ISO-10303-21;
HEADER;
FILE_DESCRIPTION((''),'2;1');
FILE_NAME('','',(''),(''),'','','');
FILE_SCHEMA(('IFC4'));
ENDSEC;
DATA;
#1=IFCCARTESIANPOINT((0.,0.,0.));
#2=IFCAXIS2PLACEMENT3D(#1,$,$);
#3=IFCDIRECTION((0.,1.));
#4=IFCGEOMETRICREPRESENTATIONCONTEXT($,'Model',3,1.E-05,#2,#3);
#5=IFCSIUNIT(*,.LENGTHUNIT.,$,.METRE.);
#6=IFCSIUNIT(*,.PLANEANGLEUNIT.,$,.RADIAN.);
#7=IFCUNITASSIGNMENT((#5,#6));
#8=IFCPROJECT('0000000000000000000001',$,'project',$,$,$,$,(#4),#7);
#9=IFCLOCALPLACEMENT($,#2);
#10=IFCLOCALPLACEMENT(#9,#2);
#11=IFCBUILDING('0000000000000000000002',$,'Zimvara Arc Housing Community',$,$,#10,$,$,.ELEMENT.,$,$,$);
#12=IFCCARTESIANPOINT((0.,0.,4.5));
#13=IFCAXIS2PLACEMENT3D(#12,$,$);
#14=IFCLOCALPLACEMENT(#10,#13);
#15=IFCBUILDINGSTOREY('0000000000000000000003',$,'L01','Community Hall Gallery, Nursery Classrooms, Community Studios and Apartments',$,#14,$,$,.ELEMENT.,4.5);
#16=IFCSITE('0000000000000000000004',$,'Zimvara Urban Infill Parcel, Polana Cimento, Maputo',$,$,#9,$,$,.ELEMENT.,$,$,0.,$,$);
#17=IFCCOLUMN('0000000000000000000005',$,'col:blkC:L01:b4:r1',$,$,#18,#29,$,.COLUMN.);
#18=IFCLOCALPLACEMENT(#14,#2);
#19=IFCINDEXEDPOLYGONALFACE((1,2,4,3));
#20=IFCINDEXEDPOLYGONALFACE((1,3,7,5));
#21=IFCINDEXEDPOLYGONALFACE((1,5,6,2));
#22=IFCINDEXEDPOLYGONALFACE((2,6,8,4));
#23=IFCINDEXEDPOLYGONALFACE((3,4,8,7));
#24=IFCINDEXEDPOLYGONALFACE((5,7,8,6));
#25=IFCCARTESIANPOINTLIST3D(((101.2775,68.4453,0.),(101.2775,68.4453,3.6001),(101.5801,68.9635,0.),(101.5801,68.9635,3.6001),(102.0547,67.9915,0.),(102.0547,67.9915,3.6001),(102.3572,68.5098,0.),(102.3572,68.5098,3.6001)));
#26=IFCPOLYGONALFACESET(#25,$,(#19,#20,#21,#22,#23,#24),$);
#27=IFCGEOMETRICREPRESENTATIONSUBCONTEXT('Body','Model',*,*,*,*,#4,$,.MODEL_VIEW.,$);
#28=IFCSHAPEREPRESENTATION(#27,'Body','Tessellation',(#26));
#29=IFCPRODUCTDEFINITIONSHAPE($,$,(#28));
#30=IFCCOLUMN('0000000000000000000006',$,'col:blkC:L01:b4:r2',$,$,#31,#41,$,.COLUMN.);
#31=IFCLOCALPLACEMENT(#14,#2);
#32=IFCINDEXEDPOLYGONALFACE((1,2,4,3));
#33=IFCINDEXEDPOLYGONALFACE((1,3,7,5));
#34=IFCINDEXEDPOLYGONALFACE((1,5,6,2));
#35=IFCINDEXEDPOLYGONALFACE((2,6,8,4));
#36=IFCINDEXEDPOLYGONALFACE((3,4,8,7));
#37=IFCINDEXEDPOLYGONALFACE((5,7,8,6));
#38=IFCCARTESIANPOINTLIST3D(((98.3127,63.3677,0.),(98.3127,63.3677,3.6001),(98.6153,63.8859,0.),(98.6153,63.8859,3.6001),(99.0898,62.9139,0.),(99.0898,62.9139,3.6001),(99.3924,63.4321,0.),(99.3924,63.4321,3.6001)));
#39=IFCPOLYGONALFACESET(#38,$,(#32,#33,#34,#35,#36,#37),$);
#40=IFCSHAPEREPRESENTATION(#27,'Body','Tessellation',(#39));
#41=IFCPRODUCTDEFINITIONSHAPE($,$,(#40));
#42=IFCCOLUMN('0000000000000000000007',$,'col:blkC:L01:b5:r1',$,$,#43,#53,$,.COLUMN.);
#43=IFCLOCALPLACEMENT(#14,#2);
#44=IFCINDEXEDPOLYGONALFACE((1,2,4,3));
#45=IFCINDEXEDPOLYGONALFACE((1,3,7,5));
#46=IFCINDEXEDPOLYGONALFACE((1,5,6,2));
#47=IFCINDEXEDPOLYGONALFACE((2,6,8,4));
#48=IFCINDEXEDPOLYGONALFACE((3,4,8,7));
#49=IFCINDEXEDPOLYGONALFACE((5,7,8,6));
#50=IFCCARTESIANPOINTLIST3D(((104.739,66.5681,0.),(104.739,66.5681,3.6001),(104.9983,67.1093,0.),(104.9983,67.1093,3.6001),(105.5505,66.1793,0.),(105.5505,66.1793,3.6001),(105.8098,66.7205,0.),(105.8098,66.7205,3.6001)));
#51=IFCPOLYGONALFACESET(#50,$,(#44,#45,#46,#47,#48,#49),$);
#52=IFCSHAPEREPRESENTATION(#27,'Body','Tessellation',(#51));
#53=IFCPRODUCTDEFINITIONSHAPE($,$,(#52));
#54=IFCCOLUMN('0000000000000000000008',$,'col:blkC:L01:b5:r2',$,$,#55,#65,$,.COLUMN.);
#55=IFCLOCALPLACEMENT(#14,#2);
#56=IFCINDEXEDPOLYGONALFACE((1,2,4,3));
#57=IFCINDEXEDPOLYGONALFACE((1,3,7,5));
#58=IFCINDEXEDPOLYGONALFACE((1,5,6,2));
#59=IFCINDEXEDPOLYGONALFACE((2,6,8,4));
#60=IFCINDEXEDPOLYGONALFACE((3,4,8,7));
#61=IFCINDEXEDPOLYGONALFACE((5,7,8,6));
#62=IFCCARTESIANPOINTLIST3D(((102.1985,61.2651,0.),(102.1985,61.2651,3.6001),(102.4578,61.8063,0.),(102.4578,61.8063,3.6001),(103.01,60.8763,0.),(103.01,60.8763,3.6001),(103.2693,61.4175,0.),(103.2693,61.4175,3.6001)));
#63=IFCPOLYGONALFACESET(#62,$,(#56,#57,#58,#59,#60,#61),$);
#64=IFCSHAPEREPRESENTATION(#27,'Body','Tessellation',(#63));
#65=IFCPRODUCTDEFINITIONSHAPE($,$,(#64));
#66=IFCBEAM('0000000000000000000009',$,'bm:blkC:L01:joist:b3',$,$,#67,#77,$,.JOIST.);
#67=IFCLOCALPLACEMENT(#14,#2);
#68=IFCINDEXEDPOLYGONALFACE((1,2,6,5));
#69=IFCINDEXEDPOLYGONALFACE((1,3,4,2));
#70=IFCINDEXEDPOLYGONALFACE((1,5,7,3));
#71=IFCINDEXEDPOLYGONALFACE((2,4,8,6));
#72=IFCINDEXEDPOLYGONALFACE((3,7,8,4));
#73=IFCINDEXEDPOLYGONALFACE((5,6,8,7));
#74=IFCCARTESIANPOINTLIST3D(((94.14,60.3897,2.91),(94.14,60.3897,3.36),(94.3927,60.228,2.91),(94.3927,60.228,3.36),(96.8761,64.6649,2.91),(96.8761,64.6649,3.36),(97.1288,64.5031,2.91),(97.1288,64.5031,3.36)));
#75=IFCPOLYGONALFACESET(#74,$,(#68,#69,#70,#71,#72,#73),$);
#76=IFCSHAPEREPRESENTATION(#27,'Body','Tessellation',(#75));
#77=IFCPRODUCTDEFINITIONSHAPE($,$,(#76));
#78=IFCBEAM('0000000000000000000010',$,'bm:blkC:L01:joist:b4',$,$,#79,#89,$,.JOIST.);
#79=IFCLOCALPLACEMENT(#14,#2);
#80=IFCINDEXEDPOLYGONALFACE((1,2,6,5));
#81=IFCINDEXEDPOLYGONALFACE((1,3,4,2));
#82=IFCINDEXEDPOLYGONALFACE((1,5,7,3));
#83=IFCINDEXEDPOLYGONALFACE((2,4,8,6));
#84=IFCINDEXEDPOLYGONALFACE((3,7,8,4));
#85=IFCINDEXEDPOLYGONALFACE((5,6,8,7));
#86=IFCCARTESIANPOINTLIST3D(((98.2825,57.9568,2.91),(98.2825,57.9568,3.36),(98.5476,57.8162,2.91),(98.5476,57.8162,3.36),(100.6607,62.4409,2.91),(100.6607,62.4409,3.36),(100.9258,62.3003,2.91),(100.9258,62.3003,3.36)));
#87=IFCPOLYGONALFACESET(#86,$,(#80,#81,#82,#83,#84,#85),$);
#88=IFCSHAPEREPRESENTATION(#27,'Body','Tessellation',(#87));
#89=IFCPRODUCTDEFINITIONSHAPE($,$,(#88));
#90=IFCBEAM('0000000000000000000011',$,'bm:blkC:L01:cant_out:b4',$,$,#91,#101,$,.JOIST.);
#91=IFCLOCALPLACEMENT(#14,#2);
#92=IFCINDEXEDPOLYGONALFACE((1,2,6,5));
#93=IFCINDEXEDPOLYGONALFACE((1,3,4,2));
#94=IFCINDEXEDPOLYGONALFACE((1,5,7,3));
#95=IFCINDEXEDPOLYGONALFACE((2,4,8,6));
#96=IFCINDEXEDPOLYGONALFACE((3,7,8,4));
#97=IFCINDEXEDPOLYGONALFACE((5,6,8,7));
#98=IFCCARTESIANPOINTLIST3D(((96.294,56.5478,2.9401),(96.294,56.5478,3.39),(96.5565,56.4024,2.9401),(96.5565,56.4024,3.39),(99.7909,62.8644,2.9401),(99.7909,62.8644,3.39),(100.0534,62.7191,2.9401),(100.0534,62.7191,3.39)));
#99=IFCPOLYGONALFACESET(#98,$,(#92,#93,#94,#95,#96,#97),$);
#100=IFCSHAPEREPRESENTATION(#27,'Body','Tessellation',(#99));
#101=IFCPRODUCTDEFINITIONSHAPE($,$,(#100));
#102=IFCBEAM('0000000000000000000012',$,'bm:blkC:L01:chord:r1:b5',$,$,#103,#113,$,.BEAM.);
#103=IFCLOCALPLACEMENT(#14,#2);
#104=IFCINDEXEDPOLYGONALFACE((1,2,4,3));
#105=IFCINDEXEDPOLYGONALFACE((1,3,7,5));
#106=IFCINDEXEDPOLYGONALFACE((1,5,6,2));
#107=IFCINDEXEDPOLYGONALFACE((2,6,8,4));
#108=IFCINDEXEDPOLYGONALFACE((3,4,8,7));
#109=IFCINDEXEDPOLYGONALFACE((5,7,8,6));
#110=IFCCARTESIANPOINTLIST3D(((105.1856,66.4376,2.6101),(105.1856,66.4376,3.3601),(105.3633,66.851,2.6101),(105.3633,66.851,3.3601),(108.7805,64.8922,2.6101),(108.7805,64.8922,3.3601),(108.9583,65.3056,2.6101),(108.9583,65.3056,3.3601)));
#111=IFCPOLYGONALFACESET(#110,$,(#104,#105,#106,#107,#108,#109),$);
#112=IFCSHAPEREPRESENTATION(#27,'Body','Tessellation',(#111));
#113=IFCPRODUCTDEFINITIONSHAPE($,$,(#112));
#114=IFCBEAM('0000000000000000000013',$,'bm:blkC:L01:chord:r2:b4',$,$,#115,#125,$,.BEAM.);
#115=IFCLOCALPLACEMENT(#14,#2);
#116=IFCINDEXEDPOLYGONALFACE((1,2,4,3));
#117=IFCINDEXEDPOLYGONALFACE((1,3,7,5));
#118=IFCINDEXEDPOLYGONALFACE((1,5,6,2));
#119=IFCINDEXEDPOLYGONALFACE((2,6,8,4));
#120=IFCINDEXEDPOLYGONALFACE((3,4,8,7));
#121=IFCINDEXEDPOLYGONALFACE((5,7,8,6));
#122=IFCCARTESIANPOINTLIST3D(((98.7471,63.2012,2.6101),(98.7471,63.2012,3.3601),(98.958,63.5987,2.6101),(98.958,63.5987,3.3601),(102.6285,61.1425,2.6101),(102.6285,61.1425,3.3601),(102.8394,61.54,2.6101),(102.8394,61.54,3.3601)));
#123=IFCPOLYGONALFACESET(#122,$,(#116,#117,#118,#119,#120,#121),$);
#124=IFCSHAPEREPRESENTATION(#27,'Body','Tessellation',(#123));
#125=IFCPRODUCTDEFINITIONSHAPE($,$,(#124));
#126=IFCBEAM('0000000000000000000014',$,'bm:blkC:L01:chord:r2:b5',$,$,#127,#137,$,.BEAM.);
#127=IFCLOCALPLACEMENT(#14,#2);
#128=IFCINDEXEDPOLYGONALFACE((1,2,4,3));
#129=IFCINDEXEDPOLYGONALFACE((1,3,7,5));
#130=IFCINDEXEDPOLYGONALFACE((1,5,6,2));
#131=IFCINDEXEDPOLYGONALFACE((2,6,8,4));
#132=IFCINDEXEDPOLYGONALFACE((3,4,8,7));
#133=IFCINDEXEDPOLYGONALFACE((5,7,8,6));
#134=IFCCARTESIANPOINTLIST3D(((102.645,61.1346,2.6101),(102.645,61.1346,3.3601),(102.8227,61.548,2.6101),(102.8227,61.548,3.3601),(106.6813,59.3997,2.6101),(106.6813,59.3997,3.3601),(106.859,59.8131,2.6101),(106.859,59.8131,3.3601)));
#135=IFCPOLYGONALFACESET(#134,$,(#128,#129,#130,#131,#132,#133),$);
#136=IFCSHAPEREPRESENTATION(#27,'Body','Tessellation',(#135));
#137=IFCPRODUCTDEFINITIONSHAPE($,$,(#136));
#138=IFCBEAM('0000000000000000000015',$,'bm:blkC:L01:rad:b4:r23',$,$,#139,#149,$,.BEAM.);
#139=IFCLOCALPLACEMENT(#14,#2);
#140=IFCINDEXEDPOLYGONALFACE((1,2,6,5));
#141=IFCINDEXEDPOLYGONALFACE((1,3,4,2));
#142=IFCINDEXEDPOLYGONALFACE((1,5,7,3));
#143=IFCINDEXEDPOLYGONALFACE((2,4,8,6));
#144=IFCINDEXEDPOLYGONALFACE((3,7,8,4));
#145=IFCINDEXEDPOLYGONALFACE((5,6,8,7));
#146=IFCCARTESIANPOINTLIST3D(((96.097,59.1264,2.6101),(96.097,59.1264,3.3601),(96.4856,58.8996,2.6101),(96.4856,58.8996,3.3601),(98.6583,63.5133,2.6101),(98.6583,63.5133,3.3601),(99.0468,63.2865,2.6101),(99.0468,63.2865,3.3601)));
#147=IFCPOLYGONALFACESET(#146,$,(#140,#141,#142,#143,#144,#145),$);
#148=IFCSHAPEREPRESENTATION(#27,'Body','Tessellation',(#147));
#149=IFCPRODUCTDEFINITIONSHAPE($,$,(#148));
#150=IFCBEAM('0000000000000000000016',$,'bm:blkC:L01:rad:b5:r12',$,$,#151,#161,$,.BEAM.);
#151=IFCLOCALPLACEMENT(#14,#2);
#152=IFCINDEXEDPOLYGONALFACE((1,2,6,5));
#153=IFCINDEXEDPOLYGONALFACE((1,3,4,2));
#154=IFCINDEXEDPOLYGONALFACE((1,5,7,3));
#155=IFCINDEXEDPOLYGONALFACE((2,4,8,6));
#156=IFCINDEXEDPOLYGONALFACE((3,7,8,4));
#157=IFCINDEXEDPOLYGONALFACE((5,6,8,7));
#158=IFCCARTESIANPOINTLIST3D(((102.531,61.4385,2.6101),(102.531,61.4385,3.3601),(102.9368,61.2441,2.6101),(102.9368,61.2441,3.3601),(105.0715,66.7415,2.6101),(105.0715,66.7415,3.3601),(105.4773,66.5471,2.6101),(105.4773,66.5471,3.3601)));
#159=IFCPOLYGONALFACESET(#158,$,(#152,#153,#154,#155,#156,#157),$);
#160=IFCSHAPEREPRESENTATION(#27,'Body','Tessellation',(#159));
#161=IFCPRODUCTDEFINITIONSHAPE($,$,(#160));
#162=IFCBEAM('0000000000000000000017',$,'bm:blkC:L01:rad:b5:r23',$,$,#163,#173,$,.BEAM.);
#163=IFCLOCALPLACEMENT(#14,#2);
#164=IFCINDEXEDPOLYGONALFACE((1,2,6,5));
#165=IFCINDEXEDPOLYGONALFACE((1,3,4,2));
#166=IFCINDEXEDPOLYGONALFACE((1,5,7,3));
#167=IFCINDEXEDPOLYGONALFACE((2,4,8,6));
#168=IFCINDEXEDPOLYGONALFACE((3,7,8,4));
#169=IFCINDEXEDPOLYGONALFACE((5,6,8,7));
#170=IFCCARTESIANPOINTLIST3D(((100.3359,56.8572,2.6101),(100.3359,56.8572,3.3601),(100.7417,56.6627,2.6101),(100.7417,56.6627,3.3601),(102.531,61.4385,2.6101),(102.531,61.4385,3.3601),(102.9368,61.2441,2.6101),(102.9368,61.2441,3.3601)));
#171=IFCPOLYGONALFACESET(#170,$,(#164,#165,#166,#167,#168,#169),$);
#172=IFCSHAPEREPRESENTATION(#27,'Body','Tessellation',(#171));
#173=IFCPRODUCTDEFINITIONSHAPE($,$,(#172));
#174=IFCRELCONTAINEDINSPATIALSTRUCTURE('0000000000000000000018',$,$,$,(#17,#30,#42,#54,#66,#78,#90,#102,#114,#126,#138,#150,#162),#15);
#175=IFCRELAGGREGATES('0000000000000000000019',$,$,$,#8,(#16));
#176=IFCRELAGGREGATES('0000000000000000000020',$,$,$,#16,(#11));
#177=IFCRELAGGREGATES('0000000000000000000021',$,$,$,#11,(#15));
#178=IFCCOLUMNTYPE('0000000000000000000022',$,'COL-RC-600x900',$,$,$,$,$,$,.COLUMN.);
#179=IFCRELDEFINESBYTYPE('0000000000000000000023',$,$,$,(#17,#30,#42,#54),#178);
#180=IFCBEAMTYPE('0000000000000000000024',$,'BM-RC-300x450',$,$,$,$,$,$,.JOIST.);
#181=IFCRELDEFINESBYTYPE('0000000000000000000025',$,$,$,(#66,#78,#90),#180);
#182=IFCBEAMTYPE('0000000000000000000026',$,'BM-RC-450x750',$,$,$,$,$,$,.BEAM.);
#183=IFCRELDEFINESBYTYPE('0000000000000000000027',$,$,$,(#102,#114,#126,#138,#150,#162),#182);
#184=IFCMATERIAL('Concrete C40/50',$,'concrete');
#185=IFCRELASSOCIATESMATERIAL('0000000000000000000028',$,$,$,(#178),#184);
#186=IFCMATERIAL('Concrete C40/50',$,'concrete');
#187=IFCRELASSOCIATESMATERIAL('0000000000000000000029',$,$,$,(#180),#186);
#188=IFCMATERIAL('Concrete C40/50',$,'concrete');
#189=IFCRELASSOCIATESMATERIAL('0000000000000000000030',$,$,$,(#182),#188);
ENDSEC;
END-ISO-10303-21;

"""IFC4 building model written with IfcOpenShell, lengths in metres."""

from ifc_helpers import new_model, si_unit, direction, frame, origin, origin_2d, place, context, subcontext, project, spatial, rectangle, extrude, material, material_profile, profile_set, type_object, element, save


model = new_model("IFC4")

# Units and contexts
model_context = context("Model", 3, precision=1e-05, world=origin(), true_north=direction((0.0, 1.0)))
body_context = subcontext(model_context, "Body", "Model", "MODEL_VIEW")
ifc_project = project(units=[si_unit("LENGTHUNIT", "METRE"), si_unit("PLANEANGLEUNIT", "RADIAN")], contexts=[model_context])

# Site, building, storey
site_placement = place(None, origin())
site = spatial("IfcSite", under=ifc_project, at=site_placement, Name="Zimvara Urban Infill Parcel, Polana Cimento, Maputo", CompositionType="ELEMENT", RefElevation=0.0)
building_placement = place(site_placement, origin())
building = spatial("IfcBuilding", under=site, at=building_placement, Name="Zimvara Arc Housing Community", CompositionType="ELEMENT")
storey_placement = place(building_placement, frame((0.0, 0.0, 4.5)))
storey = spatial("IfcBuildingStorey", under=building, at=storey_placement, Name="L01", Description="Community Hall Gallery, Nursery Classrooms, Community Studios and Apartments", CompositionType="ELEMENT", Elevation=4.5)

# Columns
ifc_material_1 = material(Name="Concrete C40/50", Category="concrete")
ifc_material_profile_1 = material_profile(ifc_material_1, rectangle(XDim=0.6001, YDim=0.8999, at=origin_2d()), Name="RC 600x900")
ifc_profile_set_1 = profile_set([ifc_material_profile_1], Name="Concrete C40/50")
column_type = type_object("IfcColumnType", Name="COL-RC-600x900", PredefinedType="COLUMN", material=ifc_profile_set_1)
for number, where, z_axis, x_axis, name in (
    (1, (101.8174, 68.4775, 0.0), (0.0, 0.0, 1.0), (-0.504226, -0.863572, 0.0), "col:blkC:L01:b4:r1"),
    (2, (98.8525, 63.3999, 0.0), (0.0, 0.0, 1.0), (-0.504226, -0.863572, 0.0), "col:blkC:L01:b4:r2"),
    (3, (105.2744, 66.6443, 0.0), (0.0, 0.0, 1.0), (-0.432086, -0.901833, 0.0), "col:blkC:L01:b5:r1"),
    (4, (102.7339, 61.3413, 0.0), (0.0, 0.0, 1.0), (-0.432086, -0.901833, 0.0), "col:blkC:L01:b5:r2"),
):
    element("IfcColumn", number, at=place(storey_placement, frame(where, z_axis=z_axis, x_axis=x_axis)), inside=storey, type_object=column_type, Name=name, PredefinedType="COLUMN", context=body_context, shape_type="SweptSolid", body=[
        extrude(rectangle(XDim=0.6001, YDim=0.8999, at=origin_2d()), origin(), (0.0, 0.0, 1.0), 3.6001),
    ])

# Beams
ifc_material_2 = material(Name="Concrete C40/50", Category="concrete")
ifc_material_profile_2 = material_profile(ifc_material_2, rectangle(XDim=0.3, YDim=0.45, at=origin_2d()), Name="RC 300x450")
ifc_profile_set_2 = profile_set([ifc_material_profile_2], Name="Concrete C40/50")
beam_type_1 = type_object("IfcBeamType", Name="BM-RC-300x450", PredefinedType="JOIST", material=ifc_profile_set_2)
for number, where, z_axis, x_axis, name in (
    (5, (97.0024, 64.584, 3.135), (-0.539052, -0.842272, 0.0), (0.842272, -0.539052, 0.0), "bm:blkC:L01:joist:b3"),
    (6, (100.7932, 62.3706, 3.135), (-0.468537, -0.883444, 0.0), (0.883444, -0.468537, 0.0), "bm:blkC:L01:joist:b4"),
):
    element("IfcBeam", number, at=place(storey_placement, frame(where, z_axis=z_axis, x_axis=x_axis)), inside=storey, type_object=beam_type_1, Name=name, PredefinedType="JOIST", context=body_context, shape_type="SweptSolid", body=[
        extrude(rectangle(XDim=0.3, YDim=0.45, at=origin_2d()), origin(), (0.0, 0.0, 1.0), 5.0757),
    ])
beam_1_placement = place(storey_placement, frame((99.9221, 62.7917, 3.165), z_axis=(-0.484327, -0.874887, 0.0), x_axis=(0.874887, -0.484327, 0.0)))
element("IfcBeam", 7, at=beam_1_placement, inside=storey, type_object=beam_type_1, Name="bm:blkC:L01:cant_out:b4", PredefinedType="JOIST", context=body_context, shape_type="SweptSolid", body=[
    extrude(rectangle(XDim=0.3, YDim=0.45, at=origin_2d()), origin(), (0.0, 0.0, 1.0), 7.22),
])
ifc_material_3 = material(Name="Concrete C40/50", Category="concrete")
ifc_material_profile_3 = material_profile(ifc_material_3, rectangle(XDim=0.45, YDim=0.75, at=origin_2d()), Name="RC 450x750")
ifc_profile_set_3 = profile_set([ifc_material_profile_3], Name="Concrete C40/50")
beam_type_2 = type_object("IfcBeamType", Name="BM-RC-450x750", PredefinedType="BEAM", material=ifc_profile_set_3)
beam_2_placement = place(storey_placement, frame((105.2744, 66.6443, 2.9851), z_axis=(0.918709, -0.394936, 0.0), x_axis=(0.394936, 0.918709, 0.0)))
element("IfcBeam", 8, at=beam_2_placement, inside=storey, type_object=beam_type_2, Name="bm:blkC:L01:chord:r1:b5", PredefinedType="BEAM", context=body_context, shape_type="SweptSolid", body=[
    extrude(rectangle(XDim=0.45, YDim=0.75, at=origin_2d()), origin(), (0.0, 0.0, 1.0), 3.9131),
])
beam_3_placement = place(storey_placement, frame((98.8525, 63.3999, 2.9851), z_axis=(0.883434, -0.468557, 0.0), x_axis=(0.468557, 0.883434, 0.0)))
element("IfcBeam", 9, at=beam_3_placement, inside=storey, type_object=beam_type_2, Name="bm:blkC:L01:chord:r2:b4", PredefinedType="BEAM", context=body_context, shape_type="SweptSolid", body=[
    extrude(rectangle(XDim=0.45, YDim=0.75, at=origin_2d()), origin(), (0.0, 0.0, 1.0), 4.3936),
])
beam_4_placement = place(storey_placement, frame((102.7339, 61.3413, 2.9851), z_axis=(0.918725, -0.394898, 0.0), x_axis=(0.394898, 0.918725, 0.0)))
element("IfcBeam", 10, at=beam_4_placement, inside=storey, type_object=beam_type_2, Name="bm:blkC:L01:chord:r2:b5", PredefinedType="BEAM", context=body_context, shape_type="SweptSolid", body=[
    extrude(rectangle(XDim=0.45, YDim=0.75, at=origin_2d()), origin(), (0.0, 0.0, 1.0), 4.3933),
])
beam_5_placement = place(storey_placement, frame((98.8525, 63.3999, 2.9851), z_axis=(-0.504197, -0.863589, 0.0), x_axis=(0.863589, -0.504197, 0.0)))
element("IfcBeam", 11, at=beam_5_placement, inside=storey, type_object=beam_type_2, Name="bm:blkC:L01:rad:b4:r23", PredefinedType="BEAM", context=body_context, shape_type="SweptSolid", body=[
    extrude(rectangle(XDim=0.45, YDim=0.75, at=origin_2d()), origin(), (0.0, 0.0, 1.0), 5.0798),
])
beam_6_placement = place(storey_placement, frame((105.2744, 66.6443, 2.9851), z_axis=(-0.432053, -0.901848, 0.0), x_axis=(0.901848, -0.432053, 0.0)))
element("IfcBeam", 12, at=beam_6_placement, inside=storey, type_object=beam_type_2, Name="bm:blkC:L01:rad:b5:r12", PredefinedType="BEAM", context=body_context, shape_type="SweptSolid", body=[
    extrude(rectangle(XDim=0.45, YDim=0.75, at=origin_2d()), origin(), (0.0, 0.0, 1.0), 5.8801),
])
beam_7_placement = place(storey_placement, frame((102.7339, 61.3413, 2.9851), z_axis=(-0.432098, -0.901827, 0.0), x_axis=(0.901827, -0.432098, 0.0)))
element("IfcBeam", 13, at=beam_7_placement, inside=storey, type_object=beam_type_2, Name="bm:blkC:L01:rad:b5:r23", PredefinedType="BEAM", context=body_context, shape_type="SweptSolid", body=[
    extrude(rectangle(XDim=0.45, YDim=0.75, at=origin_2d()), origin(), (0.0, 0.0, 1.0), 5.0801),
])

save(model, "model.ifc")
